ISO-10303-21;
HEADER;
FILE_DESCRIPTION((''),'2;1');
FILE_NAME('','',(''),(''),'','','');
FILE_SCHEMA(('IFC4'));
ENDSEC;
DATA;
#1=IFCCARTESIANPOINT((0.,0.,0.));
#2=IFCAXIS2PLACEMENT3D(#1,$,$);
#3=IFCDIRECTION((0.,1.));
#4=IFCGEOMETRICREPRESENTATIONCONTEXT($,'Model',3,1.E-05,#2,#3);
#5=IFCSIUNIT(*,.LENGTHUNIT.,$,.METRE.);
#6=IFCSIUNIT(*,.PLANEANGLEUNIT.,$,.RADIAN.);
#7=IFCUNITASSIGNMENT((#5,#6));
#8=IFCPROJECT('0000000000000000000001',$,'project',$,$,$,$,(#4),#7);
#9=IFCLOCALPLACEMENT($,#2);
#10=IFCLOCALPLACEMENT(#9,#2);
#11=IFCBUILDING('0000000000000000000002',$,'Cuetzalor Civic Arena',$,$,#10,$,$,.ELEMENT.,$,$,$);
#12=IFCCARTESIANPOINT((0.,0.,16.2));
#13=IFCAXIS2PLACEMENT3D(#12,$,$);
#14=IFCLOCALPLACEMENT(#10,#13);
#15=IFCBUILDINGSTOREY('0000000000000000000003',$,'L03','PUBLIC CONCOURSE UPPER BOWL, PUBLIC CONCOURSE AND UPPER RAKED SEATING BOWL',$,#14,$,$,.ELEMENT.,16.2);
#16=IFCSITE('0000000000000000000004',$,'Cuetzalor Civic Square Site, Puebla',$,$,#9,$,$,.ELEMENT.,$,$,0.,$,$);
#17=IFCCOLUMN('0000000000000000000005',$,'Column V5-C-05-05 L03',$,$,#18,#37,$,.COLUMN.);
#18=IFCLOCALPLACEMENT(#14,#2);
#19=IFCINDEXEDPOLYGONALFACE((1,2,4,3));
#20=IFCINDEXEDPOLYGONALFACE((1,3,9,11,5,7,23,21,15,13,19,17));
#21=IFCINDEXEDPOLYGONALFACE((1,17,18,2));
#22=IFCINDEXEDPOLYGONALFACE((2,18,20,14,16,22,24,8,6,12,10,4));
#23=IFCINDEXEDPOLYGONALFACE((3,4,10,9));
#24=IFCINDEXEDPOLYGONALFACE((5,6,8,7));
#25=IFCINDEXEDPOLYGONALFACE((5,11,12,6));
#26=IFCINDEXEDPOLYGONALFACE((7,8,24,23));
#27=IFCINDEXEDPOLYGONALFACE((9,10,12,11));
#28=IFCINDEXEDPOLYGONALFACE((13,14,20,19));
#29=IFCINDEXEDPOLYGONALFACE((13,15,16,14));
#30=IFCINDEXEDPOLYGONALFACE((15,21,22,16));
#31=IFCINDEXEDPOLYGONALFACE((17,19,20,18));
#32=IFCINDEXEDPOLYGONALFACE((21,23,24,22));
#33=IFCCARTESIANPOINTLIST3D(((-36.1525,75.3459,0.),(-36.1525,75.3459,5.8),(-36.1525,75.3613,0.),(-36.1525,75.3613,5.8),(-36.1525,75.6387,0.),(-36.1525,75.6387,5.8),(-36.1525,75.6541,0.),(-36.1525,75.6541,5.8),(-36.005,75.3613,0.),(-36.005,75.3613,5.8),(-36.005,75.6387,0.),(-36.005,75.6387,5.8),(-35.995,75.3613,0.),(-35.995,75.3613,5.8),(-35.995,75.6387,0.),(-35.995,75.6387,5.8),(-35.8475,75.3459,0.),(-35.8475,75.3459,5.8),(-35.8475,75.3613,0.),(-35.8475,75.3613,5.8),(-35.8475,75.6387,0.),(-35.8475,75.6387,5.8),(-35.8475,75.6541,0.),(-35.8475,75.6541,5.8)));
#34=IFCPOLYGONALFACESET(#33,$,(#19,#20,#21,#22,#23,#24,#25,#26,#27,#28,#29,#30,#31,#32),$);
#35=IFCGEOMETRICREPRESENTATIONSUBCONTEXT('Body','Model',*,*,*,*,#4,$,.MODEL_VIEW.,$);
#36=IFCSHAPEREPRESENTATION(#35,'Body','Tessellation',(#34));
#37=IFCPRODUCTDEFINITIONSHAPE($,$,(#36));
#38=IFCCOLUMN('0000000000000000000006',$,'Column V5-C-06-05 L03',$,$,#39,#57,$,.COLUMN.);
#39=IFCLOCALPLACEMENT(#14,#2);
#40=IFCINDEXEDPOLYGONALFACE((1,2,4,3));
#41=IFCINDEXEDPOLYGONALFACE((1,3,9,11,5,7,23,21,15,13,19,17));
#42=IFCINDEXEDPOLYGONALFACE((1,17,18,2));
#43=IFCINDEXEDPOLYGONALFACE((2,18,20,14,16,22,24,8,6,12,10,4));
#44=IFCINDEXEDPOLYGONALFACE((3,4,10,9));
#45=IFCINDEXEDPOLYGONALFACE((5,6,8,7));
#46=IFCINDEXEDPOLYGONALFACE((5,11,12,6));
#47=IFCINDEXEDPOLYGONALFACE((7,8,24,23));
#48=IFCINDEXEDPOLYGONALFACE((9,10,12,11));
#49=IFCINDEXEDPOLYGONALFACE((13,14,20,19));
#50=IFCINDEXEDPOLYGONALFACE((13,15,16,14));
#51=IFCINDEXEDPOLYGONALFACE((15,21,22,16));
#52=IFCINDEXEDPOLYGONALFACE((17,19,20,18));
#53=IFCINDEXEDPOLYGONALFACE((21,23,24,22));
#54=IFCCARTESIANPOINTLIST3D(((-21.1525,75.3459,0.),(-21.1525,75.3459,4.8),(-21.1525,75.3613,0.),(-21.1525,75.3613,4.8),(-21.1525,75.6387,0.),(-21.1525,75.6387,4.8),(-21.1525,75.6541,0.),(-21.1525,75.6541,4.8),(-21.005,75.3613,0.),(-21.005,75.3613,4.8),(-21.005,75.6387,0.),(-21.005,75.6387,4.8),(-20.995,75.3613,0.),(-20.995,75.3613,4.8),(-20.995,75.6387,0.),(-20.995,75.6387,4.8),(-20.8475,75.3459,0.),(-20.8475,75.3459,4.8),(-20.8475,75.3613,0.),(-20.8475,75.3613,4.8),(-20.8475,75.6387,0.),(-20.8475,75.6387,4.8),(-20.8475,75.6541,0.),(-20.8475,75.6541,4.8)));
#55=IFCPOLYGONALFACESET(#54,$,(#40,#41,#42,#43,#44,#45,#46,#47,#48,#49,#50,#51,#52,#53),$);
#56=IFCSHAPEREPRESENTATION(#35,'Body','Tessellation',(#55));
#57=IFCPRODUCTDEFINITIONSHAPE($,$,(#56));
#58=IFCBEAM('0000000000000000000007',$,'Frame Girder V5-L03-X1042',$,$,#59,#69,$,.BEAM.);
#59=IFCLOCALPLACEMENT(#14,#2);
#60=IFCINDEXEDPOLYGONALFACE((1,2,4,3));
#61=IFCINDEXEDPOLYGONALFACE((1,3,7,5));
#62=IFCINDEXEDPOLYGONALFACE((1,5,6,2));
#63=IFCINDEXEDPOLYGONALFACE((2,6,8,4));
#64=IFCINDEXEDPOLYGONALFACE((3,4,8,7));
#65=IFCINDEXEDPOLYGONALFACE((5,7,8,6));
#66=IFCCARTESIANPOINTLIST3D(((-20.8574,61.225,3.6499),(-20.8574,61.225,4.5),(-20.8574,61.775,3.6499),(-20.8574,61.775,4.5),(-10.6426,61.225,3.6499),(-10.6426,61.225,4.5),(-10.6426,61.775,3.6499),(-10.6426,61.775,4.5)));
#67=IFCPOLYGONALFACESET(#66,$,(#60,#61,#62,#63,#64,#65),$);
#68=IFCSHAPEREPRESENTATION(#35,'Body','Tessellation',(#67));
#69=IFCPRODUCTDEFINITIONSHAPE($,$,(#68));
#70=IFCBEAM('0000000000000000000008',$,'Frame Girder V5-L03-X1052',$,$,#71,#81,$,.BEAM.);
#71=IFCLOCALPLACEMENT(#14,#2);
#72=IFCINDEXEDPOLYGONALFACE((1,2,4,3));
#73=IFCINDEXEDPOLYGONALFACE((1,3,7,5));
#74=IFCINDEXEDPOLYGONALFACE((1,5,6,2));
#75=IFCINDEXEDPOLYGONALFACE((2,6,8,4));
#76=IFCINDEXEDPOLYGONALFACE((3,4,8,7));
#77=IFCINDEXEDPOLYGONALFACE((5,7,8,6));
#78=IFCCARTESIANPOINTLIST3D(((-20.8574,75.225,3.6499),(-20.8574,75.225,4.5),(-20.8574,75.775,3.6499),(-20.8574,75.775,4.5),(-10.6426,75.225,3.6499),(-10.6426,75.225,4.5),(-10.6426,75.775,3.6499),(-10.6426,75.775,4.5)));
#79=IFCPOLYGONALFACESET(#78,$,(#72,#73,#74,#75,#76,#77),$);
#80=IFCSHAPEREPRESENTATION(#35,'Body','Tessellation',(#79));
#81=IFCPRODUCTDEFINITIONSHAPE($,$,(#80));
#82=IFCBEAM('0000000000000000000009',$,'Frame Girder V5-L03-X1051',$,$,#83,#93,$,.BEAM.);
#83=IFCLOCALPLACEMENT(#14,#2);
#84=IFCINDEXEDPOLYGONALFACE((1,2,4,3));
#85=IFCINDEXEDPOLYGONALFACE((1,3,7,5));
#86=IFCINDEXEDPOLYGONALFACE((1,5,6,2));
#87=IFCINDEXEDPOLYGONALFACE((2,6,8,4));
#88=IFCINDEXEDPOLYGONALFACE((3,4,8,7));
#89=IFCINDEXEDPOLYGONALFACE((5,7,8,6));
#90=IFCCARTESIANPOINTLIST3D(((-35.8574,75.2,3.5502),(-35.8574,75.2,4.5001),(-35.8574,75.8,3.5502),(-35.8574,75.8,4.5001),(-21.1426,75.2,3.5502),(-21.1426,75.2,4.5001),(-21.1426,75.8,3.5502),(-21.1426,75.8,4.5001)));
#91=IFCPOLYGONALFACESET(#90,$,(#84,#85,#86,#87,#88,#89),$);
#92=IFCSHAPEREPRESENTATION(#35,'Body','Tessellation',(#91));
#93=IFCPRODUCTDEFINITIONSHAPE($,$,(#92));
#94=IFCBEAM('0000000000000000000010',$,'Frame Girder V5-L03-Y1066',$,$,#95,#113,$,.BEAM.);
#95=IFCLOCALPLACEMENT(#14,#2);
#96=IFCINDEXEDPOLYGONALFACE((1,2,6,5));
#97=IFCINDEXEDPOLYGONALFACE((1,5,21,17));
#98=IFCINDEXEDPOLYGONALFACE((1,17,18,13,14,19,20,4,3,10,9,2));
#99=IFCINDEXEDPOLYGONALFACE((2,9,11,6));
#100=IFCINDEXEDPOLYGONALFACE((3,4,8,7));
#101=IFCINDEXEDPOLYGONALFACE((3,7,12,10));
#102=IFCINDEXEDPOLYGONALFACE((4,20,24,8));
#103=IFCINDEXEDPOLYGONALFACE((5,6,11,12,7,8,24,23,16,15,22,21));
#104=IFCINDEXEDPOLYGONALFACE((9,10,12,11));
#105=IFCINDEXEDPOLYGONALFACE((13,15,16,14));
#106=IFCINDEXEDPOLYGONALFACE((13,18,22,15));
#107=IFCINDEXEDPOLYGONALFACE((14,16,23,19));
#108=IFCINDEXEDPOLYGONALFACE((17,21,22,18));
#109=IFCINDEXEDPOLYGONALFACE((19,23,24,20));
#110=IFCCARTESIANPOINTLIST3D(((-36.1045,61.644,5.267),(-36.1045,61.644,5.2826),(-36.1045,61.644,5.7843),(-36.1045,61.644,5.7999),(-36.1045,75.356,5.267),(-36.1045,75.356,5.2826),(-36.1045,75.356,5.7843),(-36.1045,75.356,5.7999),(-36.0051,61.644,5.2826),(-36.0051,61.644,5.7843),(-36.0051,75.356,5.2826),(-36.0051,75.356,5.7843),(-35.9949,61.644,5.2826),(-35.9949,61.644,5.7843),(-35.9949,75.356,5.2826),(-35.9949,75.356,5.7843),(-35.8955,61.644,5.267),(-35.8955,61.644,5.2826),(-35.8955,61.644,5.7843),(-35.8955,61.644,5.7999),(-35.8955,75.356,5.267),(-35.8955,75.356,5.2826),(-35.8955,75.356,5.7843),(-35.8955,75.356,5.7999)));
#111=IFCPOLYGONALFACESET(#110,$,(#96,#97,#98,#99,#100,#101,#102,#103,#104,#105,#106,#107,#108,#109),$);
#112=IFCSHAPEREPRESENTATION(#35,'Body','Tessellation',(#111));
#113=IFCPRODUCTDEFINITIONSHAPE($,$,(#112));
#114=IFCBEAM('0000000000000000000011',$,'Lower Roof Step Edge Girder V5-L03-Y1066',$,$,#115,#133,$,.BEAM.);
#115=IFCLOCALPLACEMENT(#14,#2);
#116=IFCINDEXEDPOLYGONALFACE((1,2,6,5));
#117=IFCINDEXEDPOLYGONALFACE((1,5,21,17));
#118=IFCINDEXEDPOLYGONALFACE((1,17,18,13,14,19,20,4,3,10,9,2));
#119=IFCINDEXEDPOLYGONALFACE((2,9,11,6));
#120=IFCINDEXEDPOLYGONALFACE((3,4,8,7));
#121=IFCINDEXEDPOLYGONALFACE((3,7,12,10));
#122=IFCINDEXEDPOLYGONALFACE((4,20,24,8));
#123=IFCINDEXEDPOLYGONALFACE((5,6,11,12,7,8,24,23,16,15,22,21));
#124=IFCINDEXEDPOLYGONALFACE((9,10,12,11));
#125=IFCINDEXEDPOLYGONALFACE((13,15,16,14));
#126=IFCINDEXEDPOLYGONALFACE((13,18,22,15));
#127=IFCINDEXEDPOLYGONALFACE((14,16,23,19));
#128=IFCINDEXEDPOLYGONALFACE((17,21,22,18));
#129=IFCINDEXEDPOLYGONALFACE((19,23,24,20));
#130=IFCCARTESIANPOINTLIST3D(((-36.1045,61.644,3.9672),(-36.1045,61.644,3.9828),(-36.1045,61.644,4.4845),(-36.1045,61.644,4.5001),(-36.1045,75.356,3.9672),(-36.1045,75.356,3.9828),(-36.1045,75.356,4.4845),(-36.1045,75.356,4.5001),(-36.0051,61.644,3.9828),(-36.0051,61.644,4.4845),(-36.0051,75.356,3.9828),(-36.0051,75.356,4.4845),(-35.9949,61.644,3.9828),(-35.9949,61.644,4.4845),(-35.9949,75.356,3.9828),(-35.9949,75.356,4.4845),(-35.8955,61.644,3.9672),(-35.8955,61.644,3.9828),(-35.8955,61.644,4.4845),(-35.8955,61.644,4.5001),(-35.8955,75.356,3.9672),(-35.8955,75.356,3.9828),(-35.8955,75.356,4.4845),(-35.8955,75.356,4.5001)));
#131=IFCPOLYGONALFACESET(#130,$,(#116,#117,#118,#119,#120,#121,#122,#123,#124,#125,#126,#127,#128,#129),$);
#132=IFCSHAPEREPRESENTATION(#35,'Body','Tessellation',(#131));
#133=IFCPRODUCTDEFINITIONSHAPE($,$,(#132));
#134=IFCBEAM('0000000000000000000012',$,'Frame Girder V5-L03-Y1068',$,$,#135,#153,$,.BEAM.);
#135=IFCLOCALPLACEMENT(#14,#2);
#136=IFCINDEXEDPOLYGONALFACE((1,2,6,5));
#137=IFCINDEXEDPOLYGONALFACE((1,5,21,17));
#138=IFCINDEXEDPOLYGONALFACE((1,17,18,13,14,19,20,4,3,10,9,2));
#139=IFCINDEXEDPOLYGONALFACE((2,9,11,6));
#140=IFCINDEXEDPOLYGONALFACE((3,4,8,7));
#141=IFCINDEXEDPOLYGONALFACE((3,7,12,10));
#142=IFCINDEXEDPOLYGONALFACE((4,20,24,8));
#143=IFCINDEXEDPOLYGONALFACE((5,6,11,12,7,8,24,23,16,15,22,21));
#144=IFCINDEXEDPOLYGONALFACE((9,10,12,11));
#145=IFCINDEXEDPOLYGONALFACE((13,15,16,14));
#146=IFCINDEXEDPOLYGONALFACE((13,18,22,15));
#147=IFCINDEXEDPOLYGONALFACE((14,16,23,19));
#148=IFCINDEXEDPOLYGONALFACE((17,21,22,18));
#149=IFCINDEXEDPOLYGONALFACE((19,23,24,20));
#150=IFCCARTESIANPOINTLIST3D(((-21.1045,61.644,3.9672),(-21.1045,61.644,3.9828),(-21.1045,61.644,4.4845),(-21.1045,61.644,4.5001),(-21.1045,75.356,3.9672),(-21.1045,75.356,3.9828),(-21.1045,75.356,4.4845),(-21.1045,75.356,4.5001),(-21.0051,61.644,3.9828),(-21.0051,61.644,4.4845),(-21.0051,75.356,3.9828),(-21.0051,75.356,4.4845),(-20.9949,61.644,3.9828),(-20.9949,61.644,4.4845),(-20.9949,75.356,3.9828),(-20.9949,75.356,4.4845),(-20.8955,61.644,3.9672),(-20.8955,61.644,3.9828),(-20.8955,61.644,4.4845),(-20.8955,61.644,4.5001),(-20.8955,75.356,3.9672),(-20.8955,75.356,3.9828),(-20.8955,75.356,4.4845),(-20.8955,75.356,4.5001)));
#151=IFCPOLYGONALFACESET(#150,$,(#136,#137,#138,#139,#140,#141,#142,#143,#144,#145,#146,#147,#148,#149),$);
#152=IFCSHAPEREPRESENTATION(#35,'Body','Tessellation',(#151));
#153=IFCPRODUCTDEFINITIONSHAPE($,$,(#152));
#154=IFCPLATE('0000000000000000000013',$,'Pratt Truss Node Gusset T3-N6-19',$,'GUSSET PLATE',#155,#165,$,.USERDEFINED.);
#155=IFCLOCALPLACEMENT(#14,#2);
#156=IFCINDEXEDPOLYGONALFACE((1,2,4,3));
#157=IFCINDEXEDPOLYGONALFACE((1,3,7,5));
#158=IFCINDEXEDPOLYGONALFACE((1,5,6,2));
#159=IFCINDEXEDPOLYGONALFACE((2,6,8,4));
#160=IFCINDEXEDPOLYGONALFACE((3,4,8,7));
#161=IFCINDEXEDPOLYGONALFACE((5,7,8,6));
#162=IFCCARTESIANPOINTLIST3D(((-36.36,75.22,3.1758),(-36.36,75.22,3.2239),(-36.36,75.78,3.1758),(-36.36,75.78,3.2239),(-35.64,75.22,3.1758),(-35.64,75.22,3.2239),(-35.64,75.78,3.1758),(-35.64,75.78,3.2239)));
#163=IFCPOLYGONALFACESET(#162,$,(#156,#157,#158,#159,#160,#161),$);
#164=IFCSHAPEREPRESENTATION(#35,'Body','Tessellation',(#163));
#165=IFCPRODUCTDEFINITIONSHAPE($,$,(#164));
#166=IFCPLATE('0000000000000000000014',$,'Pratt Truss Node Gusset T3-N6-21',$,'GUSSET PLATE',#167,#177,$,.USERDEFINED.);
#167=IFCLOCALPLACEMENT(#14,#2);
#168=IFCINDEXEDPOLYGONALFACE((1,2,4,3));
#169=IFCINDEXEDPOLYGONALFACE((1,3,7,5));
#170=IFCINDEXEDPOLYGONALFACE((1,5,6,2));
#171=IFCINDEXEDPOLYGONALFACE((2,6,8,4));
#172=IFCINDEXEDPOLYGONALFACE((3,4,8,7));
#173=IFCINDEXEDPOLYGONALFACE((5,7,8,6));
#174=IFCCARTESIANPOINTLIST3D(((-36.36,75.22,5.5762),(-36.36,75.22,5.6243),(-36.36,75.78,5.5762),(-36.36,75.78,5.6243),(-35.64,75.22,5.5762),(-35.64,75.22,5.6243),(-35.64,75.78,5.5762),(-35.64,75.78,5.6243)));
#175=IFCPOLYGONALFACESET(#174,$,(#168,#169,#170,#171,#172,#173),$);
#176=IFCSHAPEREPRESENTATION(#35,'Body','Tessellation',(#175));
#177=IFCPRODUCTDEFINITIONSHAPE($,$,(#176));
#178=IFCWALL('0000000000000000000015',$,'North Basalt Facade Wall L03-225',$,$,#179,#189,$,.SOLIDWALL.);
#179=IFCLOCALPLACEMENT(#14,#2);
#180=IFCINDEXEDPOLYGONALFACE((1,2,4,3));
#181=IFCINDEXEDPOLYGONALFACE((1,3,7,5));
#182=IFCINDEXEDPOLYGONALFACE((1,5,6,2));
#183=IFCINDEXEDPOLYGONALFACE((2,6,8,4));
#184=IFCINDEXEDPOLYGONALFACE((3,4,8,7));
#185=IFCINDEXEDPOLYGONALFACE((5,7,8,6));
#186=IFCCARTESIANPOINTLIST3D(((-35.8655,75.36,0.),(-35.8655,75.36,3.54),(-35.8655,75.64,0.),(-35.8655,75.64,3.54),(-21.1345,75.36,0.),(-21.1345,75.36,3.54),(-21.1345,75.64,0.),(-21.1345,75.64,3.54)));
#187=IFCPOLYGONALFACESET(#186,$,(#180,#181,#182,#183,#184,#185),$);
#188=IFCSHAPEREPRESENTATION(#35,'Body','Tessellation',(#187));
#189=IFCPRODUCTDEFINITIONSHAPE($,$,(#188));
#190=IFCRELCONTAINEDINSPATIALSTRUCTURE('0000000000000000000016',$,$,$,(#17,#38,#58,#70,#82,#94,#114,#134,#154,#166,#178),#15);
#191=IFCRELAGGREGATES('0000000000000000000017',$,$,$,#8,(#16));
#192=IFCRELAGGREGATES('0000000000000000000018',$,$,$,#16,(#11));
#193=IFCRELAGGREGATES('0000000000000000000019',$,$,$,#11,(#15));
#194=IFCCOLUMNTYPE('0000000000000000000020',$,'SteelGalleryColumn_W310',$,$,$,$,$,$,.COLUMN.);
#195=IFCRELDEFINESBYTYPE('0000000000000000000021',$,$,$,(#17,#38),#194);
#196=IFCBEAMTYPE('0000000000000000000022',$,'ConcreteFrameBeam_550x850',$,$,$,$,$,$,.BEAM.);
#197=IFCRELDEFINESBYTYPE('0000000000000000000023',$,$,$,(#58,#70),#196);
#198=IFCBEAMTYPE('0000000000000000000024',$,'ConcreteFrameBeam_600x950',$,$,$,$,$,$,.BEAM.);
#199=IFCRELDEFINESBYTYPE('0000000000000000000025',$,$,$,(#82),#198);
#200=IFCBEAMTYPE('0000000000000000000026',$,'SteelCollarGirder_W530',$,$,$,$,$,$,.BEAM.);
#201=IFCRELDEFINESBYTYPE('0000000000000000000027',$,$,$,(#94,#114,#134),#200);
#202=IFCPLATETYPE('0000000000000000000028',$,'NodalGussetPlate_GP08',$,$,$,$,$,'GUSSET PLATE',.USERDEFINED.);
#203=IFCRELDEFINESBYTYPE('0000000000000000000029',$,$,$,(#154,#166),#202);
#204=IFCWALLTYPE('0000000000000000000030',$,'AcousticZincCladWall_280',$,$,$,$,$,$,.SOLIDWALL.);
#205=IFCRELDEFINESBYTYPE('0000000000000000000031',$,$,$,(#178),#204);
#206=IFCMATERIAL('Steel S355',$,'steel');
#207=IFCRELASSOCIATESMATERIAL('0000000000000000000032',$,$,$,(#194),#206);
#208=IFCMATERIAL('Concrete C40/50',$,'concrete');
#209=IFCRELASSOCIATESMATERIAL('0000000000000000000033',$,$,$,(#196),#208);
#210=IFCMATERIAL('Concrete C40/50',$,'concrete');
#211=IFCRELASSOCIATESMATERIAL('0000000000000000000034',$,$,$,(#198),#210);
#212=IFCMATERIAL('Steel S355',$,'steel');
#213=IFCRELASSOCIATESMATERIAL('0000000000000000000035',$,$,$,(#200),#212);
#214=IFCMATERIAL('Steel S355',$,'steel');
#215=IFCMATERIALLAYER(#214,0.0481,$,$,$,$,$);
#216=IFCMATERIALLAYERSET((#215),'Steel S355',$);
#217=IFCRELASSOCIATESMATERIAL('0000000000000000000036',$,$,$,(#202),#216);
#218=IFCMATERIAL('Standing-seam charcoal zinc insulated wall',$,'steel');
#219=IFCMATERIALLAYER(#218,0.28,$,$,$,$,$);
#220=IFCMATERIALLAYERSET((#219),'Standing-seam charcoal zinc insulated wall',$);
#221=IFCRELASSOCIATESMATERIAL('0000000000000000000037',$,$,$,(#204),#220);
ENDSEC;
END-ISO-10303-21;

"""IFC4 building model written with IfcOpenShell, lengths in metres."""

from ifc_helpers import new_model, si_unit, direction, frame, frame_2d, origin, origin_2d, place, context, subcontext, project, spatial, rectangle, i_section, extrude, material, layer, layer_set, material_profile, profile_set, type_object, element, save


model = new_model("IFC4")

# Units and contexts
model_context = context("Model", 3, precision=1e-05, world=origin(), true_north=direction((0.0, 1.0)))
body_context = subcontext(model_context, "Body", "Model", "MODEL_VIEW")
ifc_project = project(units=[si_unit("LENGTHUNIT", "METRE"), si_unit("PLANEANGLEUNIT", "RADIAN")], contexts=[model_context])

# Site, building, storey
site_placement = place(None, origin())
site = spatial("IfcSite", under=ifc_project, at=site_placement, Name="Cuetzalor Civic Square Site, Puebla", CompositionType="ELEMENT", RefElevation=0.0)
building_placement = place(site_placement, origin())
building = spatial("IfcBuilding", under=site, at=building_placement, Name="Cuetzalor Civic Arena", CompositionType="ELEMENT")
storey_placement = place(building_placement, frame((0.0, 0.0, 16.2)))
storey = spatial("IfcBuildingStorey", under=building, at=storey_placement, Name="L03", Description="PUBLIC CONCOURSE UPPER BOWL, PUBLIC CONCOURSE AND UPPER RAKED SEATING BOWL", CompositionType="ELEMENT", Elevation=16.2)

# Columns
ifc_material_1 = material(Name="Steel S355", Category="steel")
ifc_material_profile_1 = material_profile(ifc_material_1, i_section(OverallWidth=0.3049, OverallDepth=0.3081, WebThickness=0.01, FlangeThickness=0.0154, at=origin_2d()), Name="W310x97")
ifc_profile_set_1 = profile_set([ifc_material_profile_1], Name="Steel S355")
column_type = type_object("IfcColumnType", Name="SteelGalleryColumn_W310", PredefinedType="COLUMN", material=ifc_profile_set_1)
column_1_placement = place(storey_placement, frame((-36.0, 75.5, 0.0), z_axis=(0.0, 0.0, 1.0), x_axis=(1.0, 0.0, 0.0)))
element("IfcColumn", 1, at=column_1_placement, inside=storey, type_object=column_type, Name="Column V5-C-05-05 L03", PredefinedType="COLUMN", context=body_context, shape_type="SweptSolid", body=[
    extrude(i_section(OverallWidth=0.3049, OverallDepth=0.3081, WebThickness=0.01, FlangeThickness=0.0154, at=origin_2d()), origin(), (0.0, 0.0, 1.0), 5.8),
])
column_2_placement = place(storey_placement, frame((-21.0, 75.5, 0.0), z_axis=(0.0, 0.0, 1.0), x_axis=(1.0, 0.0, 0.0)))
element("IfcColumn", 2, at=column_2_placement, inside=storey, type_object=column_type, Name="Column V5-C-06-05 L03", PredefinedType="COLUMN", context=body_context, shape_type="SweptSolid", body=[
    extrude(i_section(OverallWidth=0.3049, OverallDepth=0.3081, WebThickness=0.01, FlangeThickness=0.0154, at=origin_2d()), origin(), (0.0, 0.0, 1.0), 4.8),
])

# Beams
ifc_material_2 = material(Name="Concrete C40/50", Category="concrete")
ifc_material_profile_2 = material_profile(ifc_material_2, rectangle(XDim=0.55, YDim=0.8501, at=origin_2d()), Name="RC 550x850")
ifc_profile_set_2 = profile_set([ifc_material_profile_2], Name="Concrete C40/50")
beam_type_1 = type_object("IfcBeamType", Name="ConcreteFrameBeam_550x850", PredefinedType="BEAM", material=ifc_profile_set_2)
for number, where, z_axis, x_axis, name in (
    (3, (-20.8574, 61.5, 4.075), (1.0, 0.0, 0.0), (0.0, 1.0, 0.0), "Frame Girder V5-L03-X1042"),
    (4, (-20.8574, 75.5, 4.075), (1.0, 0.0, 0.0), (0.0, 1.0, 0.0), "Frame Girder V5-L03-X1052"),
):
    element("IfcBeam", number, at=place(storey_placement, frame(where, z_axis=z_axis, x_axis=x_axis)), inside=storey, type_object=beam_type_1, Name=name, PredefinedType="BEAM", context=body_context, shape_type="SweptSolid", body=[
        extrude(rectangle(XDim=0.55, YDim=0.8501, at=origin_2d()), origin(), (0.0, 0.0, 1.0), 10.2148),
    ])
ifc_material_3 = material(Name="Concrete C40/50", Category="concrete")
ifc_material_profile_3 = material_profile(ifc_material_3, rectangle(XDim=0.6001, YDim=0.95, at=origin_2d()), Name="RC 600x950")
ifc_profile_set_3 = profile_set([ifc_material_profile_3], Name="Concrete C40/50")
beam_type_2 = type_object("IfcBeamType", Name="ConcreteFrameBeam_600x950", PredefinedType="BEAM", material=ifc_profile_set_3)
beam_placement = place(storey_placement, frame((-35.8574, 75.5, 4.0251), z_axis=(1.0, 0.0, 0.0), x_axis=(0.0, 1.0, 0.0)))
element("IfcBeam", 5, at=beam_placement, inside=storey, type_object=beam_type_2, Name="Frame Girder V5-L03-X1051", PredefinedType="BEAM", context=body_context, shape_type="SweptSolid", body=[
    extrude(rectangle(XDim=0.6001, YDim=0.95, at=origin_2d()), origin(), (0.0, 0.0, 1.0), 14.7148),
])
ifc_material_4 = material(Name="Steel S355", Category="steel")
ifc_material_profile_4 = material_profile(ifc_material_4, i_section(OverallWidth=0.209, OverallDepth=0.533, WebThickness=0.0103, FlangeThickness=0.0156, at=origin_2d()), Name="W530x92")
ifc_profile_set_4 = profile_set([ifc_material_profile_4], Name="Steel S355")
beam_type_3 = type_object("IfcBeamType", Name="SteelCollarGirder_W530", PredefinedType="BEAM", material=ifc_profile_set_4)
for number, where, z_axis, x_axis, name in (
    (6, (-36.0, 61.644, 5.5334), (0.0, 1.0, 0.0), (-1.0, 0.0, 0.0), "Frame Girder V5-L03-Y1066"),
    (7, (-36.0, 61.644, 4.2336), (0.0, 1.0, 0.0), (-1.0, 0.0, 0.0), "Lower Roof Step Edge Girder V5-L03-Y1066"),
    (8, (-21.0, 61.644, 4.2336), (0.0, 1.0, 0.0), (-1.0, 0.0, 0.0), "Frame Girder V5-L03-Y1068"),
):
    element("IfcBeam", number, at=place(storey_placement, frame(where, z_axis=z_axis, x_axis=x_axis)), inside=storey, type_object=beam_type_3, Name=name, PredefinedType="BEAM", context=body_context, shape_type="SweptSolid", body=[
        extrude(i_section(OverallWidth=0.209, OverallDepth=0.533, WebThickness=0.0103, FlangeThickness=0.0156, at=origin_2d()), origin(), (0.0, 0.0, 1.0), 13.7119),
    ])

# Plates
ifc_material_5 = material(Name="Steel S355", Category="steel")
ifc_layer_1 = layer(ifc_material_5, 0.0481)
ifc_layer_set_1 = layer_set([ifc_layer_1], Name="Steel S355")
plate_type = type_object("IfcPlateType", Name="NodalGussetPlate_GP08", ElementType="GUSSET PLATE", PredefinedType="USERDEFINED", material=ifc_layer_set_1)
for number, where, z_axis, x_axis, name in (
    (9, (-36.0, 75.5, 3.1758), (0.0, 0.0, 1.0), (1.0, 0.0, 0.0), "Pratt Truss Node Gusset T3-N6-19"),
    (10, (-36.0, 75.5, 5.5762), (0.0, 0.0, 1.0), (1.0, 0.0, 0.0), "Pratt Truss Node Gusset T3-N6-21"),
):
    element("IfcPlate", number, at=place(storey_placement, frame(where, z_axis=z_axis, x_axis=x_axis)), inside=storey, type_object=plate_type, Name=name, ObjectType="GUSSET PLATE", PredefinedType="USERDEFINED", context=body_context, shape_type="SweptSolid", body=[
        extrude(rectangle(XDim=0.72, YDim=0.5601, at=origin_2d()), origin(), (0.0, 0.0, 1.0), 0.0481),
    ])

# Wall
ifc_material_6 = material(Name="Standing-seam charcoal zinc insulated wall", Category="steel")
ifc_layer_2 = layer(ifc_material_6, 0.28)
ifc_layer_set_2 = layer_set([ifc_layer_2], Name="Standing-seam charcoal zinc insulated wall")
wall_type_1 = type_object("IfcWallType", Name="AcousticZincCladWall_280", PredefinedType="SOLIDWALL", material=ifc_layer_set_2)
wall_1_placement = place(storey_placement, frame((-35.8655, 75.5, 0.0), z_axis=(0.0, 0.0, 1.0), x_axis=(1.0, 0.0, 0.0)))
element("IfcWall", 11, at=wall_1_placement, inside=storey, type_object=wall_type_1, Name="North Basalt Facade Wall L03-225", PredefinedType="SOLIDWALL", context=body_context, shape_type="SweptSolid", body=[
    extrude(rectangle(XDim=14.731, YDim=0.28, at=frame_2d((7.3655, 0.0))), origin(), (0.0, 0.0, 1.0), 3.54),
])

save(model, "model.ifc")
